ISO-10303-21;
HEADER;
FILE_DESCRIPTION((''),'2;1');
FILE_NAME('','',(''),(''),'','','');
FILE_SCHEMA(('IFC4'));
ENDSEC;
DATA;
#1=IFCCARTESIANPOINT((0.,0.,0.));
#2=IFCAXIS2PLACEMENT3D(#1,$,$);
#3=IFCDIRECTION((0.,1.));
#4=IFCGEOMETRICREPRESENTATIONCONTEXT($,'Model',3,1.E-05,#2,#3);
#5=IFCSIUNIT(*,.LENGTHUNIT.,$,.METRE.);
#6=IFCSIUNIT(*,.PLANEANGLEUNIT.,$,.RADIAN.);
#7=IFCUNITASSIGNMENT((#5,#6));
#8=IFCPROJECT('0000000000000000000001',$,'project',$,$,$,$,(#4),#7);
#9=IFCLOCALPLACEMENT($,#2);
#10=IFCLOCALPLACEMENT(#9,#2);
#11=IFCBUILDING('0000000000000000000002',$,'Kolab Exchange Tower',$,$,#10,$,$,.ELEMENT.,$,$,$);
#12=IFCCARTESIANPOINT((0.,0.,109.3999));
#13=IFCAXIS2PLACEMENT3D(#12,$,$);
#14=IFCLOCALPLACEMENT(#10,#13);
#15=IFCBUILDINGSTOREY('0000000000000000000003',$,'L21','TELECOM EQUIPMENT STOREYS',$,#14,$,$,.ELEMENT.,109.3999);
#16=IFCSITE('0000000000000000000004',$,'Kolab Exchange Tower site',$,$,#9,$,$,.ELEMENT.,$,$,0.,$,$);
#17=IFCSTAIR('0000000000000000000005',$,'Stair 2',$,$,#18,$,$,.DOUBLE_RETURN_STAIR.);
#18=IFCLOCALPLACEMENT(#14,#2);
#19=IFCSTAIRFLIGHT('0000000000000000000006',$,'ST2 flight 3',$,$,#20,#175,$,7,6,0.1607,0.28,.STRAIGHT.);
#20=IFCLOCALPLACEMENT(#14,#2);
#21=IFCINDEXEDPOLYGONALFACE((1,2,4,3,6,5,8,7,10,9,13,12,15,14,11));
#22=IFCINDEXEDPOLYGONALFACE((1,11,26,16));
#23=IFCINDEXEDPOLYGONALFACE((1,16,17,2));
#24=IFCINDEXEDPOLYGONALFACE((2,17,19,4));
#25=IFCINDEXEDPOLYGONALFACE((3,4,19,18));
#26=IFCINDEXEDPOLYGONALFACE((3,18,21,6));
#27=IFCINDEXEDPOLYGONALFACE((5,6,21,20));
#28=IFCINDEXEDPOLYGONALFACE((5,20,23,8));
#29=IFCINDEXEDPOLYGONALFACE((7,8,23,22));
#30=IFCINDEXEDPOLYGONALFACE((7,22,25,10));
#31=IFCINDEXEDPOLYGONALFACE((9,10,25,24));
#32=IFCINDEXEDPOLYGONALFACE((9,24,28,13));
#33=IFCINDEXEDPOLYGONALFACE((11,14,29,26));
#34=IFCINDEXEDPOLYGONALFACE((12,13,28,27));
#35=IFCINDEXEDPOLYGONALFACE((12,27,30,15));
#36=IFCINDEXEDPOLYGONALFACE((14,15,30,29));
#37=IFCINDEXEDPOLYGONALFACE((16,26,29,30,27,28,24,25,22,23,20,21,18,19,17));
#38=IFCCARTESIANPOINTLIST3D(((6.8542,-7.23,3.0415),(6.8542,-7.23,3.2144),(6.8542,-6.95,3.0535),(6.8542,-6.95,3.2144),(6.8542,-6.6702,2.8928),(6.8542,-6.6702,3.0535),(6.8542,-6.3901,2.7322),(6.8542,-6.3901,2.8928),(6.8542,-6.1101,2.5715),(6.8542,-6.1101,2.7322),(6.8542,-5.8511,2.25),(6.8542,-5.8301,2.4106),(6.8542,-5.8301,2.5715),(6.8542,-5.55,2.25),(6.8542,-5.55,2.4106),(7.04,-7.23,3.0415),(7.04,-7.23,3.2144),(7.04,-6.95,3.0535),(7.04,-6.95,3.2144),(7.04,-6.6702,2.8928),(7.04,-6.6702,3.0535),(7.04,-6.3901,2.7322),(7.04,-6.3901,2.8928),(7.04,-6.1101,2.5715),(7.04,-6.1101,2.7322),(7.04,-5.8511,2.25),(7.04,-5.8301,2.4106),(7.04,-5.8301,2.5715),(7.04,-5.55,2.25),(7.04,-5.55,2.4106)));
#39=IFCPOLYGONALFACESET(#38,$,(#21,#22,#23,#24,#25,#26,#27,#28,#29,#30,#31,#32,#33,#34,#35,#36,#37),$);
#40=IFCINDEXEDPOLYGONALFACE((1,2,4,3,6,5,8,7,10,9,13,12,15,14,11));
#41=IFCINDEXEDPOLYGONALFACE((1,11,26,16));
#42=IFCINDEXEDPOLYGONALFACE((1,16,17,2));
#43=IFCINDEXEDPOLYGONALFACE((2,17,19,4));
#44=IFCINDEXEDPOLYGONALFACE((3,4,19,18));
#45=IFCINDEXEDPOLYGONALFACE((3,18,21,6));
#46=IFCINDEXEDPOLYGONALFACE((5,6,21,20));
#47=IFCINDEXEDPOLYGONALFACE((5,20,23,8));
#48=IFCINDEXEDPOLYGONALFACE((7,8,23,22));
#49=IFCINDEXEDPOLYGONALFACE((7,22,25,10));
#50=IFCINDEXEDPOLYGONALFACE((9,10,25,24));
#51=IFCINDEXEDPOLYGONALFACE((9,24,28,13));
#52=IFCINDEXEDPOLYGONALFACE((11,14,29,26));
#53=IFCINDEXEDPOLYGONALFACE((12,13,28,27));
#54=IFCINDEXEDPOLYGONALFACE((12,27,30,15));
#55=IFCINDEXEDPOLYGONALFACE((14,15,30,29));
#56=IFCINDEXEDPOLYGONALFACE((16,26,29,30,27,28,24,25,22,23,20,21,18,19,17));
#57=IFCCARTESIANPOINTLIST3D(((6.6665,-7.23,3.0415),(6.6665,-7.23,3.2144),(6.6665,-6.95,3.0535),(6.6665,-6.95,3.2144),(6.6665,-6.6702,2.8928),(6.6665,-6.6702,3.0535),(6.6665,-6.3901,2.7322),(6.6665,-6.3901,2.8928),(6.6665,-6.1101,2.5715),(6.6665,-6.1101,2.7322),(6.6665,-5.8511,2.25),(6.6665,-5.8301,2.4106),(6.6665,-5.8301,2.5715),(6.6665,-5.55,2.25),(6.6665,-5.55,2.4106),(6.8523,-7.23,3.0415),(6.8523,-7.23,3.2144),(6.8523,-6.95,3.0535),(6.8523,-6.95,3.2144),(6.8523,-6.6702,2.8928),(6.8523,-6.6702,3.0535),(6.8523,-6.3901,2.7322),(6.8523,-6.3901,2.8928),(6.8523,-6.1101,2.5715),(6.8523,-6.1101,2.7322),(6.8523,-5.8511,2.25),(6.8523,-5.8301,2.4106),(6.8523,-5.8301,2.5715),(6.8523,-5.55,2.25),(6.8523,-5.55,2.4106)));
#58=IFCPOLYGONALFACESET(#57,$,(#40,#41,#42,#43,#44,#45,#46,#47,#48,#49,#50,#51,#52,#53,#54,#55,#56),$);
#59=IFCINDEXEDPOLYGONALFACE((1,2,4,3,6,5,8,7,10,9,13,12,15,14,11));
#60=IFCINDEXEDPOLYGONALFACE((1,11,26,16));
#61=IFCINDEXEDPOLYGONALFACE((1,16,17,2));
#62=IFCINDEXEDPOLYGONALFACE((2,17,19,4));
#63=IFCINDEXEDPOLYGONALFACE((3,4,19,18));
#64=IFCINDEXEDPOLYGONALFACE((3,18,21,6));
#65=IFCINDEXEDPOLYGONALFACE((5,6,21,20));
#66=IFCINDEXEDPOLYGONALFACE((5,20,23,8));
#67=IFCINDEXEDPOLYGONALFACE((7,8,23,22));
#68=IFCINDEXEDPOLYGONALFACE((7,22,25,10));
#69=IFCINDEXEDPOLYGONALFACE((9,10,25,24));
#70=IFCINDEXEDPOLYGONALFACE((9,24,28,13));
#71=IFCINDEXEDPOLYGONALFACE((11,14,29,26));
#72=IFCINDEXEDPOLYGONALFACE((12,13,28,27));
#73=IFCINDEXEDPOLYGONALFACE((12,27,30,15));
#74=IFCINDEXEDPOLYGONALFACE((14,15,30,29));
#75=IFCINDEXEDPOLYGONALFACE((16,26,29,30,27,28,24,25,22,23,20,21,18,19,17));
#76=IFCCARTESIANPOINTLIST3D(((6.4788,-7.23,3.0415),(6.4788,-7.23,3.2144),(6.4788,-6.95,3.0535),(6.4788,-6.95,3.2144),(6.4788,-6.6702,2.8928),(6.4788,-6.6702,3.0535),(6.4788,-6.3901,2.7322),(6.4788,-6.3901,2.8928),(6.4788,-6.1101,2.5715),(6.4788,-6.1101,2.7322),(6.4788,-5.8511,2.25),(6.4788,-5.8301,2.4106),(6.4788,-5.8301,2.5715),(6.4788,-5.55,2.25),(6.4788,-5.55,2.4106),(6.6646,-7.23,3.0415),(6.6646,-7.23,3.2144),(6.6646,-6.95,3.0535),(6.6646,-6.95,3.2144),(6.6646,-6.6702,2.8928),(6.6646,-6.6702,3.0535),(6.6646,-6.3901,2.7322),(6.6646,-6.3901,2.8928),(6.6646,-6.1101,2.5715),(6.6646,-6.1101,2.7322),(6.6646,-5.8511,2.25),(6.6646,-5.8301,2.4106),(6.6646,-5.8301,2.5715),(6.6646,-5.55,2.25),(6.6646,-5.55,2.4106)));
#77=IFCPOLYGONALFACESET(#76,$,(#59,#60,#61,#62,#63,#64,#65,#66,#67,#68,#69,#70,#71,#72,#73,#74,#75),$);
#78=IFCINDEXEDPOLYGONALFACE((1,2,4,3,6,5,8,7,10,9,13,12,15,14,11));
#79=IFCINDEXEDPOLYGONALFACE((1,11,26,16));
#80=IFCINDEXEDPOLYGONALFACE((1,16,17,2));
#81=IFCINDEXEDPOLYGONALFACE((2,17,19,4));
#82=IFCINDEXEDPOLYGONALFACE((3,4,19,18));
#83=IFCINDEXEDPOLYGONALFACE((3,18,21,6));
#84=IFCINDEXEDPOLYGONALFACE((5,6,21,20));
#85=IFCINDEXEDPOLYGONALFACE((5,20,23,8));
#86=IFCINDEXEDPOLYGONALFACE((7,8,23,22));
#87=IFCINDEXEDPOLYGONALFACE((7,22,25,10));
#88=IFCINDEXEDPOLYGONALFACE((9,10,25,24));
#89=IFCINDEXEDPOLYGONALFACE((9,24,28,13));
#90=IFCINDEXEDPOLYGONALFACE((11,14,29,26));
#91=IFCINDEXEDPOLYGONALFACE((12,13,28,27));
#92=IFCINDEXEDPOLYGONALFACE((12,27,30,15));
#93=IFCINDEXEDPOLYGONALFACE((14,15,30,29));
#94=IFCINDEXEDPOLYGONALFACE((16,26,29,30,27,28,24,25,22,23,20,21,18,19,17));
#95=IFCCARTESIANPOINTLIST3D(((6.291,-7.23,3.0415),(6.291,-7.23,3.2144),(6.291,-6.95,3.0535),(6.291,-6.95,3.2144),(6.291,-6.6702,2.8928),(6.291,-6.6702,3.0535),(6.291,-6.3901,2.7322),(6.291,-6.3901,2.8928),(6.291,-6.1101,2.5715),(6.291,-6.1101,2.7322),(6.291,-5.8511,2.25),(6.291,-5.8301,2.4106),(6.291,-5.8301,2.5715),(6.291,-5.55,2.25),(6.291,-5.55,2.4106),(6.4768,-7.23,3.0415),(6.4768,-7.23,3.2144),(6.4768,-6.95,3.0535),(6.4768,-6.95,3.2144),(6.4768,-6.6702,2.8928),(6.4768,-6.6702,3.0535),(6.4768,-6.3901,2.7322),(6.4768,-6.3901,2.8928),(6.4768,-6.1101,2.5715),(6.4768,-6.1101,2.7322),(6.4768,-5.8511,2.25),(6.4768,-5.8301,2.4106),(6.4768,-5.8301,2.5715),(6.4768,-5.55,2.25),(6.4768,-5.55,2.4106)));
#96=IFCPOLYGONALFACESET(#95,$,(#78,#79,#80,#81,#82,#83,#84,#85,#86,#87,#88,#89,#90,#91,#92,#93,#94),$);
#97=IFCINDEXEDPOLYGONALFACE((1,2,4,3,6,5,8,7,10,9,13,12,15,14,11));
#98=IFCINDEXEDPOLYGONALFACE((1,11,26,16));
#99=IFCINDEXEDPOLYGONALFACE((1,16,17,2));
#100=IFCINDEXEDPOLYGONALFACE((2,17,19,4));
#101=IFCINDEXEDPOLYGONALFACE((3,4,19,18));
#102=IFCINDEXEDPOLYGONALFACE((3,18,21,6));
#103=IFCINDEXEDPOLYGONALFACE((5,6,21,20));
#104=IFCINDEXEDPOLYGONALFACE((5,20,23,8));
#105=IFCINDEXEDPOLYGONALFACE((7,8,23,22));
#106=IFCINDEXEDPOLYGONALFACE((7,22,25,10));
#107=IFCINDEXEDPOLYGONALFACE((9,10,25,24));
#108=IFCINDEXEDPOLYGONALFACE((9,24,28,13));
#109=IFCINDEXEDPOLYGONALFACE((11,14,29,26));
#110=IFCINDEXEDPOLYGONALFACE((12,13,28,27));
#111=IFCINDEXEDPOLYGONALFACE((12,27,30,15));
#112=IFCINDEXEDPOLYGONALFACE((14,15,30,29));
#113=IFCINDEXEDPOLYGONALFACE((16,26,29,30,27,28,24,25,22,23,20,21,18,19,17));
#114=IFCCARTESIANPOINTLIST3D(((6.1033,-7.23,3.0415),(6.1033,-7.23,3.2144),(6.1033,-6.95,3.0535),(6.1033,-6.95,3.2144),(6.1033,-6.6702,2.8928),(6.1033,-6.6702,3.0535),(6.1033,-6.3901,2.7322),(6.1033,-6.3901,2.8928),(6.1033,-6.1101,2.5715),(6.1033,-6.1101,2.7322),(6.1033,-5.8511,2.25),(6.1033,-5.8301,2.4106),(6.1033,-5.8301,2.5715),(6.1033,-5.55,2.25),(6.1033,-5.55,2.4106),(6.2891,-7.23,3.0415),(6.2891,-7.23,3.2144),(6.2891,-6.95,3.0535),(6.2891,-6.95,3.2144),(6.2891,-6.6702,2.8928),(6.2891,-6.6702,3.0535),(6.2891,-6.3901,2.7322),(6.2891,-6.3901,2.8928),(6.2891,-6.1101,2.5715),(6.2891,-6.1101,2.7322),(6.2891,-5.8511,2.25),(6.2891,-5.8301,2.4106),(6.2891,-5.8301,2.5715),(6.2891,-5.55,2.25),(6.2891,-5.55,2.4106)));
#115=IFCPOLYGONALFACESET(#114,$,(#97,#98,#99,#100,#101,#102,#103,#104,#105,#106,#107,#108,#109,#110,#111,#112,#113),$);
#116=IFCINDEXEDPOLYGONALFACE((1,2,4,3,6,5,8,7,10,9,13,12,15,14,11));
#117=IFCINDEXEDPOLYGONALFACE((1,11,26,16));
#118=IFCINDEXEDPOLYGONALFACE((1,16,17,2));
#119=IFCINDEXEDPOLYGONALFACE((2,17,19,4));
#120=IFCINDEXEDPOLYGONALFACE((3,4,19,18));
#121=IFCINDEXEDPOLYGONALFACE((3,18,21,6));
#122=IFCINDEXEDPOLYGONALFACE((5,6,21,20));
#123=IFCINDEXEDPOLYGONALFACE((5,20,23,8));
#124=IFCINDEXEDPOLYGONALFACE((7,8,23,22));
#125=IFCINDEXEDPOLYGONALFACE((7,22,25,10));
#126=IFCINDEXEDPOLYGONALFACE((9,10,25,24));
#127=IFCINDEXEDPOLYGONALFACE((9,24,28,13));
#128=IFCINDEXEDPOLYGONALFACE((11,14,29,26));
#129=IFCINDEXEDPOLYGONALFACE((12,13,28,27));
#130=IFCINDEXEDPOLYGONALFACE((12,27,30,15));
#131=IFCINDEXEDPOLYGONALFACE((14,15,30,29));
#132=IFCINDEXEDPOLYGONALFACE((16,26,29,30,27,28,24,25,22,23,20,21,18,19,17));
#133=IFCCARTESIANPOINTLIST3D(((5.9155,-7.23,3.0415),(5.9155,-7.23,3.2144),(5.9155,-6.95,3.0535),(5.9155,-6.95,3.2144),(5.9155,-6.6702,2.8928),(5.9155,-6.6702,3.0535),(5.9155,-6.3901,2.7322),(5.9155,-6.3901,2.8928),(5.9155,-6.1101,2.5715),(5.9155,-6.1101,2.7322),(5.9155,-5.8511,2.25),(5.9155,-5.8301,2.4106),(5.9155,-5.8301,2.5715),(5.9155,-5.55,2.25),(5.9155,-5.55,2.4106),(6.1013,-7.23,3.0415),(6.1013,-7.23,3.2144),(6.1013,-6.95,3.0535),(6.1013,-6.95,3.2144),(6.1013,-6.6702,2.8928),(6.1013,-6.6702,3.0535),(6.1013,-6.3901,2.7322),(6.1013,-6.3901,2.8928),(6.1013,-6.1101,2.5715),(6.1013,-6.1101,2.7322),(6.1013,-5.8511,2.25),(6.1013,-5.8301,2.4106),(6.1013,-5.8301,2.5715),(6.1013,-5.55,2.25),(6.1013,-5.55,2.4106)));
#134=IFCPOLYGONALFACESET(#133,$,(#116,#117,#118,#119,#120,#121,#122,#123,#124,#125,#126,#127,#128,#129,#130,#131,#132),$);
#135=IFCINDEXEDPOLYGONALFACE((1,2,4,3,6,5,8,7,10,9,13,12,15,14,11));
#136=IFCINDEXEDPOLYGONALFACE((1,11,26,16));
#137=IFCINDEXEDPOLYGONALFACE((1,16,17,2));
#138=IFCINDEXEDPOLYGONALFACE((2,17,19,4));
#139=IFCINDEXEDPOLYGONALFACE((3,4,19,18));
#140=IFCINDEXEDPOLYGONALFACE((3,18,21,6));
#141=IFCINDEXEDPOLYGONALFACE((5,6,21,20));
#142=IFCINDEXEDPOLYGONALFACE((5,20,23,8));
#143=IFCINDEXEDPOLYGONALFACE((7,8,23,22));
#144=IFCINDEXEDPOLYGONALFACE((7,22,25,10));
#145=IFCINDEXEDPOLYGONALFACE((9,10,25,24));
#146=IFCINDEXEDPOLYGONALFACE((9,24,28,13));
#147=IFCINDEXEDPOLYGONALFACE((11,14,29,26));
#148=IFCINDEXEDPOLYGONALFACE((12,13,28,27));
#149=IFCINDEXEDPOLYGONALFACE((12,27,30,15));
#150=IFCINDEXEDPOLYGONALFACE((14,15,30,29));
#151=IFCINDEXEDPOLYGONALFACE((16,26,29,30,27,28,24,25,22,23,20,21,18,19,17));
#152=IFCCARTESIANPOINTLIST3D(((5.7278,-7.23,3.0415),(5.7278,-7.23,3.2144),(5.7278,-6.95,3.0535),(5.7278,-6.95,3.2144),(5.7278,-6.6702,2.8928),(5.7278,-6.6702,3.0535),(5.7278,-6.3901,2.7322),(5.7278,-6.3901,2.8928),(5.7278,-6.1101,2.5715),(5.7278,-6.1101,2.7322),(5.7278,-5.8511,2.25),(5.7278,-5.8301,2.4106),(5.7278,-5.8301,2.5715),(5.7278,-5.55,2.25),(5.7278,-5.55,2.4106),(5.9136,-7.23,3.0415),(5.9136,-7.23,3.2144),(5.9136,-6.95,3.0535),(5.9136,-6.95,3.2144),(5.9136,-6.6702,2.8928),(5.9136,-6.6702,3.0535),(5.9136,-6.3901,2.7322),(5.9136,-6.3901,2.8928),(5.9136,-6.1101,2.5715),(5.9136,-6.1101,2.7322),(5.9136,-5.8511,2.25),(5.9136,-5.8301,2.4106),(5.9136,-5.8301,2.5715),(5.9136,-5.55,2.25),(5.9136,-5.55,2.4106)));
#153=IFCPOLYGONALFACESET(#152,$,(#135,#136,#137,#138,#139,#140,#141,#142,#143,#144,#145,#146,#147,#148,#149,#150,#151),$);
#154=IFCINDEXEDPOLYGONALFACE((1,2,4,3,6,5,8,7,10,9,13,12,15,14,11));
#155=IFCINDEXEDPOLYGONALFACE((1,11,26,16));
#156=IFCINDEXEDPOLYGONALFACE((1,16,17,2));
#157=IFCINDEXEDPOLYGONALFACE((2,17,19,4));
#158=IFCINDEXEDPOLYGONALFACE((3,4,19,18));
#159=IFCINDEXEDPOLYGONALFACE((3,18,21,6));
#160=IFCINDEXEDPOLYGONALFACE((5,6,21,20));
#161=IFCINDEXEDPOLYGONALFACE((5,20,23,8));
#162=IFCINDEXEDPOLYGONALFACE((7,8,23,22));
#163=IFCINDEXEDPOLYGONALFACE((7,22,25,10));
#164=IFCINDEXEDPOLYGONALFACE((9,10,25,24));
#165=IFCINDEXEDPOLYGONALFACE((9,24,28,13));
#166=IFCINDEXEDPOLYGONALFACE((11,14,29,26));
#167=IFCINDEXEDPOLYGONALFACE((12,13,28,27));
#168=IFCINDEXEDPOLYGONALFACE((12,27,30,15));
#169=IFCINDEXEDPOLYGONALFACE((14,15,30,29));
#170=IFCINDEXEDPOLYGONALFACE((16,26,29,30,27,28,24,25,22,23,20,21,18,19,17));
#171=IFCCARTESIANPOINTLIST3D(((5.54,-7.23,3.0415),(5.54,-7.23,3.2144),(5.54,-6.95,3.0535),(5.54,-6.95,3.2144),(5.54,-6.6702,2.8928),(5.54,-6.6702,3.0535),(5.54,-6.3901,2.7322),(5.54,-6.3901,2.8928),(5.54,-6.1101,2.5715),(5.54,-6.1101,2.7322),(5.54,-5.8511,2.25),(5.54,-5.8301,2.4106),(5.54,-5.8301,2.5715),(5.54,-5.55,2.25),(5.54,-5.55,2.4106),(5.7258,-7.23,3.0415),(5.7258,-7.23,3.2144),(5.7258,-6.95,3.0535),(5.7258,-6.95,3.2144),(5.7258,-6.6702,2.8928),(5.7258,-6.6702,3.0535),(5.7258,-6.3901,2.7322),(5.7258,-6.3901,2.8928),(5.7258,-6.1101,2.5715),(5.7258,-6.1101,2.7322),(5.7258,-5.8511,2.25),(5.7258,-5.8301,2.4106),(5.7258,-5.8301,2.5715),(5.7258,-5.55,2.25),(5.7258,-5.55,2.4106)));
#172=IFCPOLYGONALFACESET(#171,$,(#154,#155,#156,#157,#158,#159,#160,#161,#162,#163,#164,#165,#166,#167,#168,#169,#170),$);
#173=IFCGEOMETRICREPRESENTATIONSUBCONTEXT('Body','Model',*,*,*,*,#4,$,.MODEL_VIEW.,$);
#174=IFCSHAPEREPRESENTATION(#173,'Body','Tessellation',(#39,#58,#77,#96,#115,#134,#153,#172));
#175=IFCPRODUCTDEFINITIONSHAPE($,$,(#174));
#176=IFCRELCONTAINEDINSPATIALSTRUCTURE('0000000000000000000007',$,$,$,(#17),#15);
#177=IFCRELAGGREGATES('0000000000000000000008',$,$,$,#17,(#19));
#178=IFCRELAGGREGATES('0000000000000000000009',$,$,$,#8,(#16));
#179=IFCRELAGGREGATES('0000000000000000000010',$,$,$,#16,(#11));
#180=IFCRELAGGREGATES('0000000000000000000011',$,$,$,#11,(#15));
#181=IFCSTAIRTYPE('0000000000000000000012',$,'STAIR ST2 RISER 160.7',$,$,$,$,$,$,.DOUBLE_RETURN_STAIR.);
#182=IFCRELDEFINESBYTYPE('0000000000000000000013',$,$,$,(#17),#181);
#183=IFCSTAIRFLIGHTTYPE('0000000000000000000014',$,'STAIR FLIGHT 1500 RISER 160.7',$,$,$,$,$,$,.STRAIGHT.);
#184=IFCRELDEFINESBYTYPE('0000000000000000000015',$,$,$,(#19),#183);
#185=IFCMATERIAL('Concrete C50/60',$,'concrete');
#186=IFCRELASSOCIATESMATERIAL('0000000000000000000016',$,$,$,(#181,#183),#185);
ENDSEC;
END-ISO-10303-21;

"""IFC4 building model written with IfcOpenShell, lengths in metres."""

from ifc_helpers import new_model, si_unit, direction, frame, origin, place, context, subcontext, project, spatial, polyline, outline, extrude, material, type_object, element, aggregate, save


model = new_model("IFC4")

# Units and contexts
model_context = context("Model", 3, precision=1e-05, world=origin(), true_north=direction((0.0, 1.0)))
body_context = subcontext(model_context, "Body", "Model", "MODEL_VIEW")
ifc_project = project(units=[si_unit("LENGTHUNIT", "METRE"), si_unit("PLANEANGLEUNIT", "RADIAN")], contexts=[model_context])

# Site, building, storey
site_placement = place(None, origin())
site = spatial("IfcSite", under=ifc_project, at=site_placement, Name="Kolab Exchange Tower site", CompositionType="ELEMENT", RefElevation=0.0)
building_placement = place(site_placement, origin())
building = spatial("IfcBuilding", under=site, at=building_placement, Name="Kolab Exchange Tower", CompositionType="ELEMENT")
storey_placement = place(building_placement, frame((0.0, 0.0, 109.3999)))
storey = spatial("IfcBuildingStorey", under=building, at=storey_placement, Name="L21", Description="TELECOM EQUIPMENT STOREYS", CompositionType="ELEMENT", Elevation=109.3999)

# Shared definitions
ifc_material_1 = material(Name="Concrete C50/60", Category="concrete")

# Stair, stair flight
stair_type = type_object("IfcStairType", Name="STAIR ST2 RISER 160.7", PredefinedType="DOUBLE_RETURN_STAIR", material=ifc_material_1)
stair_placement = place(storey_placement, origin())
stair = element("IfcStair", 1, at=stair_placement, inside=storey, type_object=stair_type, Name="Stair 2", PredefinedType="DOUBLE_RETURN_STAIR")
stair_flight_type = type_object("IfcStairFlightType", Name="STAIR FLIGHT 1500 RISER 160.7", PredefinedType="STRAIGHT", material=ifc_material_1)
stair_flight_1_placement = place(storey_placement, frame((6.29, -5.55, 2.25), z_axis=(0.0, 0.0, 1.0), x_axis=(0.0, -1.0, 0.0)))
stair_flight_1 = element("IfcStairFlight", 2, at=stair_flight_1_placement, type_object=stair_flight_type, Name="ST2 flight 3", NumberOfRisers=7, NumberOfTreads=6, PredefinedType="STRAIGHT", RiserHeight=0.1607, TreadLength=0.28, context=body_context, shape_type="SweptSolid", body=[
    extrude(outline(polyline([(0.0, 0.0), (0.0, 0.1606), (0.28, 0.1606), (0.28, 0.3215), (0.5601, 0.3215), (0.5601, 0.4822), (0.8401, 0.4822), (0.8401, 0.6428), (1.1201, 0.6428), (1.1201, 0.8035), (1.3999, 0.8035), (1.3999, 0.9644), (1.6799, 0.9644), (1.6799, 1.125), (1.6799, 0.7915), (0.301, 0.0), (0.0, 0.0)])), frame((0.0, 0.75, 0.0), z_axis=(0.0, -1.0, 0.0), x_axis=(1.0, 0.0, 0.0)), (0.0, 0.0, 1.0), 0.1858),
    extrude(outline(polyline([(0.0, 0.0), (0.0, 0.1606), (0.28, 0.1606), (0.28, 0.3215), (0.5601, 0.3215), (0.5601, 0.4822), (0.8401, 0.4822), (0.8401, 0.6428), (1.1201, 0.6428), (1.1201, 0.8035), (1.3999, 0.8035), (1.3999, 0.9644), (1.6799, 0.9644), (1.6799, 1.125), (1.6799, 0.7915), (0.301, 0.0), (0.0, 0.0)])), frame((0.0, 0.5623, 0.0), z_axis=(0.0, -1.0, 0.0), x_axis=(1.0, 0.0, 0.0)), (0.0, 0.0, 1.0), 0.1858),
    extrude(outline(polyline([(0.0, 0.0), (0.0, 0.1606), (0.28, 0.1606), (0.28, 0.3215), (0.5601, 0.3215), (0.5601, 0.4822), (0.8401, 0.4822), (0.8401, 0.6428), (1.1201, 0.6428), (1.1201, 0.8035), (1.3999, 0.8035), (1.3999, 0.9644), (1.6799, 0.9644), (1.6799, 1.125), (1.6799, 0.7915), (0.301, 0.0), (0.0, 0.0)])), frame((0.0, 0.3745, 0.0), z_axis=(0.0, -1.0, 0.0), x_axis=(1.0, 0.0, 0.0)), (0.0, 0.0, 1.0), 0.1858),
    extrude(outline(polyline([(0.0, 0.0), (0.0, 0.1606), (0.28, 0.1606), (0.28, 0.3215), (0.5601, 0.3215), (0.5601, 0.4822), (0.8401, 0.4822), (0.8401, 0.6428), (1.1201, 0.6428), (1.1201, 0.8035), (1.3999, 0.8035), (1.3999, 0.9644), (1.6799, 0.9644), (1.6799, 1.125), (1.6799, 0.7915), (0.301, 0.0), (0.0, 0.0)])), frame((0.0, 0.1868, 0.0), z_axis=(0.0, -1.0, 0.0), x_axis=(1.0, 0.0, 0.0)), (0.0, 0.0, 1.0), 0.1858),
    extrude(outline(polyline([(0.0, 0.0), (0.0, 0.1606), (0.28, 0.1606), (0.28, 0.3215), (0.5601, 0.3215), (0.5601, 0.4822), (0.8401, 0.4822), (0.8401, 0.6428), (1.1201, 0.6428), (1.1201, 0.8035), (1.3999, 0.8035), (1.3999, 0.9644), (1.6799, 0.9644), (1.6799, 1.125), (1.6799, 0.7915), (0.301, 0.0), (0.0, 0.0)])), frame((0.0, -0.001, 0.0), z_axis=(0.0, -1.0, 0.0), x_axis=(1.0, 0.0, 0.0)), (0.0, 0.0, 1.0), 0.1858),
    extrude(outline(polyline([(0.0, 0.0), (0.0, 0.1606), (0.28, 0.1606), (0.28, 0.3215), (0.5601, 0.3215), (0.5601, 0.4822), (0.8401, 0.4822), (0.8401, 0.6428), (1.1201, 0.6428), (1.1201, 0.8035), (1.3999, 0.8035), (1.3999, 0.9644), (1.6799, 0.9644), (1.6799, 1.125), (1.6799, 0.7915), (0.301, 0.0), (0.0, 0.0)])), frame((0.0, -0.1887, 0.0), z_axis=(0.0, -1.0, 0.0), x_axis=(1.0, 0.0, 0.0)), (0.0, 0.0, 1.0), 0.1858),
    extrude(outline(polyline([(0.0, 0.0), (0.0, 0.1606), (0.28, 0.1606), (0.28, 0.3215), (0.5601, 0.3215), (0.5601, 0.4822), (0.8401, 0.4822), (0.8401, 0.6428), (1.1201, 0.6428), (1.1201, 0.8035), (1.3999, 0.8035), (1.3999, 0.9644), (1.6799, 0.9644), (1.6799, 1.125), (1.6799, 0.7915), (0.301, 0.0), (0.0, 0.0)])), frame((0.0, -0.3765, 0.0), z_axis=(0.0, -1.0, 0.0), x_axis=(1.0, 0.0, 0.0)), (0.0, 0.0, 1.0), 0.1858),
    extrude(outline(polyline([(0.0, 0.0), (0.0, 0.1606), (0.28, 0.1606), (0.28, 0.3215), (0.5601, 0.3215), (0.5601, 0.4822), (0.8401, 0.4822), (0.8401, 0.6428), (1.1201, 0.6428), (1.1201, 0.8035), (1.3999, 0.8035), (1.3999, 0.9644), (1.6799, 0.9644), (1.6799, 1.125), (1.6799, 0.7915), (0.301, 0.0), (0.0, 0.0)])), frame((0.0, -0.5642, 0.0), z_axis=(0.0, -1.0, 0.0), x_axis=(1.0, 0.0, 0.0)), (0.0, 0.0, 1.0), 0.1858),
])
aggregate(stair, [stair_flight_1])

save(model, "model.ifc")
